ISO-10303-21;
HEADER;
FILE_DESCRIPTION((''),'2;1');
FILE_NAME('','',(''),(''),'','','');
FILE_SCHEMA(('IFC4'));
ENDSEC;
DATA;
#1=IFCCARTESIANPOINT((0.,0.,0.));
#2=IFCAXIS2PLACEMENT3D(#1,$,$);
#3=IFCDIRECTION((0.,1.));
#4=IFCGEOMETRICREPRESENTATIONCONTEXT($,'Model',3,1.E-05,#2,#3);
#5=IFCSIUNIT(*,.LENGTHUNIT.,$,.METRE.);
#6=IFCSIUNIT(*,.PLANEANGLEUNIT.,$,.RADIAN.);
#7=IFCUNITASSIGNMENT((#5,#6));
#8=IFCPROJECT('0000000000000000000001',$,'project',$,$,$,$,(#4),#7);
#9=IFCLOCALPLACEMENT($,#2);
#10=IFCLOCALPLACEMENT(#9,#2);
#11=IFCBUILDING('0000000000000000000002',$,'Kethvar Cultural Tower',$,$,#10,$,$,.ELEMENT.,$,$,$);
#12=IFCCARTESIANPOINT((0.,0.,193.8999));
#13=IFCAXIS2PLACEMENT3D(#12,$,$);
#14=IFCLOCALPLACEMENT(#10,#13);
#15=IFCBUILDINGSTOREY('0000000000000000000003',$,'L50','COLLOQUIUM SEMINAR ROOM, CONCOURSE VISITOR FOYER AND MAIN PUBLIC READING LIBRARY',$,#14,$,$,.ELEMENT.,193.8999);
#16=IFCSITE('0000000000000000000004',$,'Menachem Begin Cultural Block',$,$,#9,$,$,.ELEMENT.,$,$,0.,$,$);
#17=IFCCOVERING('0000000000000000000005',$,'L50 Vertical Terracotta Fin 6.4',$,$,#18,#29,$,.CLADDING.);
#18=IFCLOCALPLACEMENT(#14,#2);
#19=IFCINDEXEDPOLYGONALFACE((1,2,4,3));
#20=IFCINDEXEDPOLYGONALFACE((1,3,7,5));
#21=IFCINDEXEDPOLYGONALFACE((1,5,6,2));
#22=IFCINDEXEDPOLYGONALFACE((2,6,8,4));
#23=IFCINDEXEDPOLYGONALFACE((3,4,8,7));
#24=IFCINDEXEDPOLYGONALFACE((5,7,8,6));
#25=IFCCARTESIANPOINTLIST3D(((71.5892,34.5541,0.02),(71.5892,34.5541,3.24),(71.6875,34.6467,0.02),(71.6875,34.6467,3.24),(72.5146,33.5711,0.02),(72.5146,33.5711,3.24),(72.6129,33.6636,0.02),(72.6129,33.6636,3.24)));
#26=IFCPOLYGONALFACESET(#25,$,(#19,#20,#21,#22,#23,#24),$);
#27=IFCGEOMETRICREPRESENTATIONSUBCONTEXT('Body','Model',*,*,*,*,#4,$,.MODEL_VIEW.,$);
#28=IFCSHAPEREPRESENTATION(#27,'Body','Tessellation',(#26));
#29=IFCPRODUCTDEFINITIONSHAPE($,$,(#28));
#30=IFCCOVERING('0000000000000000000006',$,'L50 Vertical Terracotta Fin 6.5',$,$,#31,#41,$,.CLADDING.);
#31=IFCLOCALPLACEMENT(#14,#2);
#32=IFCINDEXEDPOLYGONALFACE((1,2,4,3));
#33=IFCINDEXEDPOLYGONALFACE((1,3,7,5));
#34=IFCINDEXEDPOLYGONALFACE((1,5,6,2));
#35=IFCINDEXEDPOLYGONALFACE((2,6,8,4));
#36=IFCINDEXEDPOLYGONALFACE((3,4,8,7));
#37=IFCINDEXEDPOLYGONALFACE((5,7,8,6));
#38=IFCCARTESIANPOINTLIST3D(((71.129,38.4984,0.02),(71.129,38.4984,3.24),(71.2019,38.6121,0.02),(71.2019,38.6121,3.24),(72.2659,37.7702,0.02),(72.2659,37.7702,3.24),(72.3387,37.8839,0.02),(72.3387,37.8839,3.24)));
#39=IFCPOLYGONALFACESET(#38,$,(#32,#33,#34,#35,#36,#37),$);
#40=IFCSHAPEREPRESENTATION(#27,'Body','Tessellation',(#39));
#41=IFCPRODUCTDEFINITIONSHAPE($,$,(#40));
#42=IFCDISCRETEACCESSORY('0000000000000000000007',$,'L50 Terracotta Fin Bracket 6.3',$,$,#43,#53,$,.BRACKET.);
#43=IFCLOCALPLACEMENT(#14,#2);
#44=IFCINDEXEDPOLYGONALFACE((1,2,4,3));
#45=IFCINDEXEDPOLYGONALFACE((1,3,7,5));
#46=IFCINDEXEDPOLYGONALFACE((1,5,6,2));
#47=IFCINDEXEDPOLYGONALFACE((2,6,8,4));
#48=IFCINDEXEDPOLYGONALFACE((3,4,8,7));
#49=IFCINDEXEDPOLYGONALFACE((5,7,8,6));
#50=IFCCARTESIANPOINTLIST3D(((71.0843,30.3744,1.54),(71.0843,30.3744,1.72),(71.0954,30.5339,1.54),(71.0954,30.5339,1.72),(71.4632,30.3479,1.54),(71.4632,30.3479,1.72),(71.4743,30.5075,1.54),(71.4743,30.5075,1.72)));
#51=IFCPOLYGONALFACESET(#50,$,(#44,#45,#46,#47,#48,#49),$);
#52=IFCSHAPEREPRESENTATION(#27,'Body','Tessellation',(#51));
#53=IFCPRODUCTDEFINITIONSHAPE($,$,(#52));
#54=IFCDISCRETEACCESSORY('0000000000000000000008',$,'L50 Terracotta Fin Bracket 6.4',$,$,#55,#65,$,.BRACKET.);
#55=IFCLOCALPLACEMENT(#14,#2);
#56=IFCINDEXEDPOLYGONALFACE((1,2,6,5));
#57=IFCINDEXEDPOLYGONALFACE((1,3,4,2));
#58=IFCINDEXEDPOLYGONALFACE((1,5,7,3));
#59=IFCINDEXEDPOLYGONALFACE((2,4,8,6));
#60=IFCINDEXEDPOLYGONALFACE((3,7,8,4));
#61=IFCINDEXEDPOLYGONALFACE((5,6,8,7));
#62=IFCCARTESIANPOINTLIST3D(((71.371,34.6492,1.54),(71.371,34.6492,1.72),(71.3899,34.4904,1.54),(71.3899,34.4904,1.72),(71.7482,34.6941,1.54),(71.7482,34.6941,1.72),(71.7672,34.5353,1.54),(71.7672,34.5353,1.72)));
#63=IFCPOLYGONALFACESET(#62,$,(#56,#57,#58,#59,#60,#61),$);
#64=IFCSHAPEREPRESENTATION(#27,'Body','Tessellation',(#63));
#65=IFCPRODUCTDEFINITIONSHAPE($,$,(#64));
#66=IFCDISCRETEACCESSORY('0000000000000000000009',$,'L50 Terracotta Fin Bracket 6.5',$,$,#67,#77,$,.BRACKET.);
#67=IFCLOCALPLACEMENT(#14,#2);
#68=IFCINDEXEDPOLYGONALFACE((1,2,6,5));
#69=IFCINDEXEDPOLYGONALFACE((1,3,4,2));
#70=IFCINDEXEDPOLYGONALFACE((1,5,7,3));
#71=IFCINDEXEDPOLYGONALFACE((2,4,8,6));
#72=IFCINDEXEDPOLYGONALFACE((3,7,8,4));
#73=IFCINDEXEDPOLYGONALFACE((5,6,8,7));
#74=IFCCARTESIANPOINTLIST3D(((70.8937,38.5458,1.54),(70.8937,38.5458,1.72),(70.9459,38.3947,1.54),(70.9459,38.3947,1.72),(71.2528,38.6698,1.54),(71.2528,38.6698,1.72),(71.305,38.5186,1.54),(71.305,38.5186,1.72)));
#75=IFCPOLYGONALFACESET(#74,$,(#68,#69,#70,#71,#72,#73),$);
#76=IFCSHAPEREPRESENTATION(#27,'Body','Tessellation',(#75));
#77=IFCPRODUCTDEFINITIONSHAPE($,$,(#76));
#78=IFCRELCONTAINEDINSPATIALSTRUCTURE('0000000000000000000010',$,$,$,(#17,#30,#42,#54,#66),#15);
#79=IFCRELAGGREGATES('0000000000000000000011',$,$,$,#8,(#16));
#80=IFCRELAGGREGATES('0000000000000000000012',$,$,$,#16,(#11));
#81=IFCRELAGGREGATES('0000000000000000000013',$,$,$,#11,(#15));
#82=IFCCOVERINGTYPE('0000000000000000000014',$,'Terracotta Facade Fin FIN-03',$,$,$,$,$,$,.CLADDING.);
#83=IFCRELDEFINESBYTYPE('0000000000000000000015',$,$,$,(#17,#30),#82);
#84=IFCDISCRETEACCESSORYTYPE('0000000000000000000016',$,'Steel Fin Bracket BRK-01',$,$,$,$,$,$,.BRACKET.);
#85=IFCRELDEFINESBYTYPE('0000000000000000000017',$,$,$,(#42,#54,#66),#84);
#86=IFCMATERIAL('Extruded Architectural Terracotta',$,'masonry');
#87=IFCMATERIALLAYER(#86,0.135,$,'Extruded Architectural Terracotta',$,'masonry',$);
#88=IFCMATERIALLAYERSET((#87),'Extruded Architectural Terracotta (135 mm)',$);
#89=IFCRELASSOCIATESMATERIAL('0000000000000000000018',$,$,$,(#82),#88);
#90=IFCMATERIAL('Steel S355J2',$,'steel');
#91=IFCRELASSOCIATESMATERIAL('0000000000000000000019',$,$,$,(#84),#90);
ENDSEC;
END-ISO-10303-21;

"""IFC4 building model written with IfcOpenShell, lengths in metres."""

from ifc_helpers import new_model, si_unit, direction, frame, origin, origin_2d, place, context, subcontext, project, spatial, rectangle, extrude, source, transform, mapped, material, layer, layer_set, type_object, element, save


model = new_model("IFC4")

# Units and contexts
model_context = context("Model", 3, precision=1e-05, world=origin(), true_north=direction((0.0, 1.0)))
body_context = subcontext(model_context, "Body", "Model", "MODEL_VIEW")
ifc_project = project(units=[si_unit("LENGTHUNIT", "METRE"), si_unit("PLANEANGLEUNIT", "RADIAN")], contexts=[model_context])

# Site, building, storey
site_placement = place(None, origin())
site = spatial("IfcSite", under=ifc_project, at=site_placement, Name="Menachem Begin Cultural Block", CompositionType="ELEMENT", RefElevation=0.0)
building_placement = place(site_placement, origin())
building = spatial("IfcBuilding", under=site, at=building_placement, Name="Kethvar Cultural Tower", CompositionType="ELEMENT")
storey_placement = place(building_placement, frame((0.0, 0.0, 193.8999)))
storey = spatial("IfcBuildingStorey", under=building, at=storey_placement, Name="L50", Description="COLLOQUIUM SEMINAR ROOM, CONCOURSE VISITOR FOYER AND MAIN PUBLIC READING LIBRARY", CompositionType="ELEMENT", Elevation=193.8999)

# Shared definitions
ifc_material_1 = material(Name="Steel S355J2", Category="steel")

# Coverings
ifc_material_2 = material(Name="Extruded Architectural Terracotta", Category="masonry")
ifc_layer_1 = layer(ifc_material_2, 0.135, Name="Extruded Architectural Terracotta", Category="masonry")
ifc_layer_set_1 = layer_set([ifc_layer_1], Name="Extruded Architectural Terracotta (135 mm)")
covering_type = type_object("IfcCoveringType", Name="Terracotta Facade Fin FIN-03", PredefinedType="CLADDING", material=ifc_layer_set_1)
shared_shape_1 = source(origin(), body_context, "Body", "SweptSolid", [
    extrude(rectangle(XDim=1.3501, YDim=0.135, at=origin_2d()), origin(), (0.0, 0.0, 1.0), 3.22),
])
for number, where, z_axis, x_axis, name in (
    (1, (72.1011, 34.1089, 0.02), (0.0, 0.0, 1.0), (0.685437, -0.728132, 0.0), "L50 Vertical Terracotta Fin 6.4"),
    (2, (71.7339, 38.1912, 0.02), (0.0, 0.0, 1.0), (0.842076, -0.539359, 0.0), "L50 Vertical Terracotta Fin 6.5"),
):
    element("IfcCovering", number, at=place(storey_placement, frame(where, z_axis=z_axis, x_axis=x_axis)), inside=storey, type_object=covering_type, Name=name, PredefinedType="CLADDING", context=body_context, shape_type="MappedRepresentation", body=[
        mapped(shared_shape_1, transform((0.0, 0.0, 0.0), scale=1.0)),
    ])

# Discrete accessories
discrete_accessory_type = type_object("IfcDiscreteAccessoryType", Name="Steel Fin Bracket BRK-01", PredefinedType="BRACKET", material=ifc_material_1)
shared_shape_2 = source(origin(), body_context, "Body", "SweptSolid", [
    extrude(rectangle(XDim=0.3799, YDim=0.1599, at=origin_2d()), origin(), (0.0, 0.0, 1.0), 0.1799),
])
for number, where, z_axis, x_axis, name in (
    (3, (71.2793, 30.4409, 1.54), (0.0, 0.0, 1.0), (0.997576, -0.069582, 0.0), "L50 Terracotta Fin Bracket 6.3"),
    (4, (71.5691, 34.5923, 1.54), (0.0, 0.0, 1.0), (0.992986, 0.118231, 0.0), "L50 Terracotta Fin Bracket 6.4"),
    (5, (71.0994, 38.5322, 1.54), (0.0, 0.0, 1.0), (0.945234, 0.326393, 0.0), "L50 Terracotta Fin Bracket 6.5"),
):
    element("IfcDiscreteAccessory", number, at=place(storey_placement, frame(where, z_axis=z_axis, x_axis=x_axis)), inside=storey, type_object=discrete_accessory_type, Name=name, PredefinedType="BRACKET", context=body_context, shape_type="MappedRepresentation", body=[
        mapped(shared_shape_2, transform((0.0, 0.0, 0.0), scale=1.0)),
    ])

save(model, "model.ifc")
